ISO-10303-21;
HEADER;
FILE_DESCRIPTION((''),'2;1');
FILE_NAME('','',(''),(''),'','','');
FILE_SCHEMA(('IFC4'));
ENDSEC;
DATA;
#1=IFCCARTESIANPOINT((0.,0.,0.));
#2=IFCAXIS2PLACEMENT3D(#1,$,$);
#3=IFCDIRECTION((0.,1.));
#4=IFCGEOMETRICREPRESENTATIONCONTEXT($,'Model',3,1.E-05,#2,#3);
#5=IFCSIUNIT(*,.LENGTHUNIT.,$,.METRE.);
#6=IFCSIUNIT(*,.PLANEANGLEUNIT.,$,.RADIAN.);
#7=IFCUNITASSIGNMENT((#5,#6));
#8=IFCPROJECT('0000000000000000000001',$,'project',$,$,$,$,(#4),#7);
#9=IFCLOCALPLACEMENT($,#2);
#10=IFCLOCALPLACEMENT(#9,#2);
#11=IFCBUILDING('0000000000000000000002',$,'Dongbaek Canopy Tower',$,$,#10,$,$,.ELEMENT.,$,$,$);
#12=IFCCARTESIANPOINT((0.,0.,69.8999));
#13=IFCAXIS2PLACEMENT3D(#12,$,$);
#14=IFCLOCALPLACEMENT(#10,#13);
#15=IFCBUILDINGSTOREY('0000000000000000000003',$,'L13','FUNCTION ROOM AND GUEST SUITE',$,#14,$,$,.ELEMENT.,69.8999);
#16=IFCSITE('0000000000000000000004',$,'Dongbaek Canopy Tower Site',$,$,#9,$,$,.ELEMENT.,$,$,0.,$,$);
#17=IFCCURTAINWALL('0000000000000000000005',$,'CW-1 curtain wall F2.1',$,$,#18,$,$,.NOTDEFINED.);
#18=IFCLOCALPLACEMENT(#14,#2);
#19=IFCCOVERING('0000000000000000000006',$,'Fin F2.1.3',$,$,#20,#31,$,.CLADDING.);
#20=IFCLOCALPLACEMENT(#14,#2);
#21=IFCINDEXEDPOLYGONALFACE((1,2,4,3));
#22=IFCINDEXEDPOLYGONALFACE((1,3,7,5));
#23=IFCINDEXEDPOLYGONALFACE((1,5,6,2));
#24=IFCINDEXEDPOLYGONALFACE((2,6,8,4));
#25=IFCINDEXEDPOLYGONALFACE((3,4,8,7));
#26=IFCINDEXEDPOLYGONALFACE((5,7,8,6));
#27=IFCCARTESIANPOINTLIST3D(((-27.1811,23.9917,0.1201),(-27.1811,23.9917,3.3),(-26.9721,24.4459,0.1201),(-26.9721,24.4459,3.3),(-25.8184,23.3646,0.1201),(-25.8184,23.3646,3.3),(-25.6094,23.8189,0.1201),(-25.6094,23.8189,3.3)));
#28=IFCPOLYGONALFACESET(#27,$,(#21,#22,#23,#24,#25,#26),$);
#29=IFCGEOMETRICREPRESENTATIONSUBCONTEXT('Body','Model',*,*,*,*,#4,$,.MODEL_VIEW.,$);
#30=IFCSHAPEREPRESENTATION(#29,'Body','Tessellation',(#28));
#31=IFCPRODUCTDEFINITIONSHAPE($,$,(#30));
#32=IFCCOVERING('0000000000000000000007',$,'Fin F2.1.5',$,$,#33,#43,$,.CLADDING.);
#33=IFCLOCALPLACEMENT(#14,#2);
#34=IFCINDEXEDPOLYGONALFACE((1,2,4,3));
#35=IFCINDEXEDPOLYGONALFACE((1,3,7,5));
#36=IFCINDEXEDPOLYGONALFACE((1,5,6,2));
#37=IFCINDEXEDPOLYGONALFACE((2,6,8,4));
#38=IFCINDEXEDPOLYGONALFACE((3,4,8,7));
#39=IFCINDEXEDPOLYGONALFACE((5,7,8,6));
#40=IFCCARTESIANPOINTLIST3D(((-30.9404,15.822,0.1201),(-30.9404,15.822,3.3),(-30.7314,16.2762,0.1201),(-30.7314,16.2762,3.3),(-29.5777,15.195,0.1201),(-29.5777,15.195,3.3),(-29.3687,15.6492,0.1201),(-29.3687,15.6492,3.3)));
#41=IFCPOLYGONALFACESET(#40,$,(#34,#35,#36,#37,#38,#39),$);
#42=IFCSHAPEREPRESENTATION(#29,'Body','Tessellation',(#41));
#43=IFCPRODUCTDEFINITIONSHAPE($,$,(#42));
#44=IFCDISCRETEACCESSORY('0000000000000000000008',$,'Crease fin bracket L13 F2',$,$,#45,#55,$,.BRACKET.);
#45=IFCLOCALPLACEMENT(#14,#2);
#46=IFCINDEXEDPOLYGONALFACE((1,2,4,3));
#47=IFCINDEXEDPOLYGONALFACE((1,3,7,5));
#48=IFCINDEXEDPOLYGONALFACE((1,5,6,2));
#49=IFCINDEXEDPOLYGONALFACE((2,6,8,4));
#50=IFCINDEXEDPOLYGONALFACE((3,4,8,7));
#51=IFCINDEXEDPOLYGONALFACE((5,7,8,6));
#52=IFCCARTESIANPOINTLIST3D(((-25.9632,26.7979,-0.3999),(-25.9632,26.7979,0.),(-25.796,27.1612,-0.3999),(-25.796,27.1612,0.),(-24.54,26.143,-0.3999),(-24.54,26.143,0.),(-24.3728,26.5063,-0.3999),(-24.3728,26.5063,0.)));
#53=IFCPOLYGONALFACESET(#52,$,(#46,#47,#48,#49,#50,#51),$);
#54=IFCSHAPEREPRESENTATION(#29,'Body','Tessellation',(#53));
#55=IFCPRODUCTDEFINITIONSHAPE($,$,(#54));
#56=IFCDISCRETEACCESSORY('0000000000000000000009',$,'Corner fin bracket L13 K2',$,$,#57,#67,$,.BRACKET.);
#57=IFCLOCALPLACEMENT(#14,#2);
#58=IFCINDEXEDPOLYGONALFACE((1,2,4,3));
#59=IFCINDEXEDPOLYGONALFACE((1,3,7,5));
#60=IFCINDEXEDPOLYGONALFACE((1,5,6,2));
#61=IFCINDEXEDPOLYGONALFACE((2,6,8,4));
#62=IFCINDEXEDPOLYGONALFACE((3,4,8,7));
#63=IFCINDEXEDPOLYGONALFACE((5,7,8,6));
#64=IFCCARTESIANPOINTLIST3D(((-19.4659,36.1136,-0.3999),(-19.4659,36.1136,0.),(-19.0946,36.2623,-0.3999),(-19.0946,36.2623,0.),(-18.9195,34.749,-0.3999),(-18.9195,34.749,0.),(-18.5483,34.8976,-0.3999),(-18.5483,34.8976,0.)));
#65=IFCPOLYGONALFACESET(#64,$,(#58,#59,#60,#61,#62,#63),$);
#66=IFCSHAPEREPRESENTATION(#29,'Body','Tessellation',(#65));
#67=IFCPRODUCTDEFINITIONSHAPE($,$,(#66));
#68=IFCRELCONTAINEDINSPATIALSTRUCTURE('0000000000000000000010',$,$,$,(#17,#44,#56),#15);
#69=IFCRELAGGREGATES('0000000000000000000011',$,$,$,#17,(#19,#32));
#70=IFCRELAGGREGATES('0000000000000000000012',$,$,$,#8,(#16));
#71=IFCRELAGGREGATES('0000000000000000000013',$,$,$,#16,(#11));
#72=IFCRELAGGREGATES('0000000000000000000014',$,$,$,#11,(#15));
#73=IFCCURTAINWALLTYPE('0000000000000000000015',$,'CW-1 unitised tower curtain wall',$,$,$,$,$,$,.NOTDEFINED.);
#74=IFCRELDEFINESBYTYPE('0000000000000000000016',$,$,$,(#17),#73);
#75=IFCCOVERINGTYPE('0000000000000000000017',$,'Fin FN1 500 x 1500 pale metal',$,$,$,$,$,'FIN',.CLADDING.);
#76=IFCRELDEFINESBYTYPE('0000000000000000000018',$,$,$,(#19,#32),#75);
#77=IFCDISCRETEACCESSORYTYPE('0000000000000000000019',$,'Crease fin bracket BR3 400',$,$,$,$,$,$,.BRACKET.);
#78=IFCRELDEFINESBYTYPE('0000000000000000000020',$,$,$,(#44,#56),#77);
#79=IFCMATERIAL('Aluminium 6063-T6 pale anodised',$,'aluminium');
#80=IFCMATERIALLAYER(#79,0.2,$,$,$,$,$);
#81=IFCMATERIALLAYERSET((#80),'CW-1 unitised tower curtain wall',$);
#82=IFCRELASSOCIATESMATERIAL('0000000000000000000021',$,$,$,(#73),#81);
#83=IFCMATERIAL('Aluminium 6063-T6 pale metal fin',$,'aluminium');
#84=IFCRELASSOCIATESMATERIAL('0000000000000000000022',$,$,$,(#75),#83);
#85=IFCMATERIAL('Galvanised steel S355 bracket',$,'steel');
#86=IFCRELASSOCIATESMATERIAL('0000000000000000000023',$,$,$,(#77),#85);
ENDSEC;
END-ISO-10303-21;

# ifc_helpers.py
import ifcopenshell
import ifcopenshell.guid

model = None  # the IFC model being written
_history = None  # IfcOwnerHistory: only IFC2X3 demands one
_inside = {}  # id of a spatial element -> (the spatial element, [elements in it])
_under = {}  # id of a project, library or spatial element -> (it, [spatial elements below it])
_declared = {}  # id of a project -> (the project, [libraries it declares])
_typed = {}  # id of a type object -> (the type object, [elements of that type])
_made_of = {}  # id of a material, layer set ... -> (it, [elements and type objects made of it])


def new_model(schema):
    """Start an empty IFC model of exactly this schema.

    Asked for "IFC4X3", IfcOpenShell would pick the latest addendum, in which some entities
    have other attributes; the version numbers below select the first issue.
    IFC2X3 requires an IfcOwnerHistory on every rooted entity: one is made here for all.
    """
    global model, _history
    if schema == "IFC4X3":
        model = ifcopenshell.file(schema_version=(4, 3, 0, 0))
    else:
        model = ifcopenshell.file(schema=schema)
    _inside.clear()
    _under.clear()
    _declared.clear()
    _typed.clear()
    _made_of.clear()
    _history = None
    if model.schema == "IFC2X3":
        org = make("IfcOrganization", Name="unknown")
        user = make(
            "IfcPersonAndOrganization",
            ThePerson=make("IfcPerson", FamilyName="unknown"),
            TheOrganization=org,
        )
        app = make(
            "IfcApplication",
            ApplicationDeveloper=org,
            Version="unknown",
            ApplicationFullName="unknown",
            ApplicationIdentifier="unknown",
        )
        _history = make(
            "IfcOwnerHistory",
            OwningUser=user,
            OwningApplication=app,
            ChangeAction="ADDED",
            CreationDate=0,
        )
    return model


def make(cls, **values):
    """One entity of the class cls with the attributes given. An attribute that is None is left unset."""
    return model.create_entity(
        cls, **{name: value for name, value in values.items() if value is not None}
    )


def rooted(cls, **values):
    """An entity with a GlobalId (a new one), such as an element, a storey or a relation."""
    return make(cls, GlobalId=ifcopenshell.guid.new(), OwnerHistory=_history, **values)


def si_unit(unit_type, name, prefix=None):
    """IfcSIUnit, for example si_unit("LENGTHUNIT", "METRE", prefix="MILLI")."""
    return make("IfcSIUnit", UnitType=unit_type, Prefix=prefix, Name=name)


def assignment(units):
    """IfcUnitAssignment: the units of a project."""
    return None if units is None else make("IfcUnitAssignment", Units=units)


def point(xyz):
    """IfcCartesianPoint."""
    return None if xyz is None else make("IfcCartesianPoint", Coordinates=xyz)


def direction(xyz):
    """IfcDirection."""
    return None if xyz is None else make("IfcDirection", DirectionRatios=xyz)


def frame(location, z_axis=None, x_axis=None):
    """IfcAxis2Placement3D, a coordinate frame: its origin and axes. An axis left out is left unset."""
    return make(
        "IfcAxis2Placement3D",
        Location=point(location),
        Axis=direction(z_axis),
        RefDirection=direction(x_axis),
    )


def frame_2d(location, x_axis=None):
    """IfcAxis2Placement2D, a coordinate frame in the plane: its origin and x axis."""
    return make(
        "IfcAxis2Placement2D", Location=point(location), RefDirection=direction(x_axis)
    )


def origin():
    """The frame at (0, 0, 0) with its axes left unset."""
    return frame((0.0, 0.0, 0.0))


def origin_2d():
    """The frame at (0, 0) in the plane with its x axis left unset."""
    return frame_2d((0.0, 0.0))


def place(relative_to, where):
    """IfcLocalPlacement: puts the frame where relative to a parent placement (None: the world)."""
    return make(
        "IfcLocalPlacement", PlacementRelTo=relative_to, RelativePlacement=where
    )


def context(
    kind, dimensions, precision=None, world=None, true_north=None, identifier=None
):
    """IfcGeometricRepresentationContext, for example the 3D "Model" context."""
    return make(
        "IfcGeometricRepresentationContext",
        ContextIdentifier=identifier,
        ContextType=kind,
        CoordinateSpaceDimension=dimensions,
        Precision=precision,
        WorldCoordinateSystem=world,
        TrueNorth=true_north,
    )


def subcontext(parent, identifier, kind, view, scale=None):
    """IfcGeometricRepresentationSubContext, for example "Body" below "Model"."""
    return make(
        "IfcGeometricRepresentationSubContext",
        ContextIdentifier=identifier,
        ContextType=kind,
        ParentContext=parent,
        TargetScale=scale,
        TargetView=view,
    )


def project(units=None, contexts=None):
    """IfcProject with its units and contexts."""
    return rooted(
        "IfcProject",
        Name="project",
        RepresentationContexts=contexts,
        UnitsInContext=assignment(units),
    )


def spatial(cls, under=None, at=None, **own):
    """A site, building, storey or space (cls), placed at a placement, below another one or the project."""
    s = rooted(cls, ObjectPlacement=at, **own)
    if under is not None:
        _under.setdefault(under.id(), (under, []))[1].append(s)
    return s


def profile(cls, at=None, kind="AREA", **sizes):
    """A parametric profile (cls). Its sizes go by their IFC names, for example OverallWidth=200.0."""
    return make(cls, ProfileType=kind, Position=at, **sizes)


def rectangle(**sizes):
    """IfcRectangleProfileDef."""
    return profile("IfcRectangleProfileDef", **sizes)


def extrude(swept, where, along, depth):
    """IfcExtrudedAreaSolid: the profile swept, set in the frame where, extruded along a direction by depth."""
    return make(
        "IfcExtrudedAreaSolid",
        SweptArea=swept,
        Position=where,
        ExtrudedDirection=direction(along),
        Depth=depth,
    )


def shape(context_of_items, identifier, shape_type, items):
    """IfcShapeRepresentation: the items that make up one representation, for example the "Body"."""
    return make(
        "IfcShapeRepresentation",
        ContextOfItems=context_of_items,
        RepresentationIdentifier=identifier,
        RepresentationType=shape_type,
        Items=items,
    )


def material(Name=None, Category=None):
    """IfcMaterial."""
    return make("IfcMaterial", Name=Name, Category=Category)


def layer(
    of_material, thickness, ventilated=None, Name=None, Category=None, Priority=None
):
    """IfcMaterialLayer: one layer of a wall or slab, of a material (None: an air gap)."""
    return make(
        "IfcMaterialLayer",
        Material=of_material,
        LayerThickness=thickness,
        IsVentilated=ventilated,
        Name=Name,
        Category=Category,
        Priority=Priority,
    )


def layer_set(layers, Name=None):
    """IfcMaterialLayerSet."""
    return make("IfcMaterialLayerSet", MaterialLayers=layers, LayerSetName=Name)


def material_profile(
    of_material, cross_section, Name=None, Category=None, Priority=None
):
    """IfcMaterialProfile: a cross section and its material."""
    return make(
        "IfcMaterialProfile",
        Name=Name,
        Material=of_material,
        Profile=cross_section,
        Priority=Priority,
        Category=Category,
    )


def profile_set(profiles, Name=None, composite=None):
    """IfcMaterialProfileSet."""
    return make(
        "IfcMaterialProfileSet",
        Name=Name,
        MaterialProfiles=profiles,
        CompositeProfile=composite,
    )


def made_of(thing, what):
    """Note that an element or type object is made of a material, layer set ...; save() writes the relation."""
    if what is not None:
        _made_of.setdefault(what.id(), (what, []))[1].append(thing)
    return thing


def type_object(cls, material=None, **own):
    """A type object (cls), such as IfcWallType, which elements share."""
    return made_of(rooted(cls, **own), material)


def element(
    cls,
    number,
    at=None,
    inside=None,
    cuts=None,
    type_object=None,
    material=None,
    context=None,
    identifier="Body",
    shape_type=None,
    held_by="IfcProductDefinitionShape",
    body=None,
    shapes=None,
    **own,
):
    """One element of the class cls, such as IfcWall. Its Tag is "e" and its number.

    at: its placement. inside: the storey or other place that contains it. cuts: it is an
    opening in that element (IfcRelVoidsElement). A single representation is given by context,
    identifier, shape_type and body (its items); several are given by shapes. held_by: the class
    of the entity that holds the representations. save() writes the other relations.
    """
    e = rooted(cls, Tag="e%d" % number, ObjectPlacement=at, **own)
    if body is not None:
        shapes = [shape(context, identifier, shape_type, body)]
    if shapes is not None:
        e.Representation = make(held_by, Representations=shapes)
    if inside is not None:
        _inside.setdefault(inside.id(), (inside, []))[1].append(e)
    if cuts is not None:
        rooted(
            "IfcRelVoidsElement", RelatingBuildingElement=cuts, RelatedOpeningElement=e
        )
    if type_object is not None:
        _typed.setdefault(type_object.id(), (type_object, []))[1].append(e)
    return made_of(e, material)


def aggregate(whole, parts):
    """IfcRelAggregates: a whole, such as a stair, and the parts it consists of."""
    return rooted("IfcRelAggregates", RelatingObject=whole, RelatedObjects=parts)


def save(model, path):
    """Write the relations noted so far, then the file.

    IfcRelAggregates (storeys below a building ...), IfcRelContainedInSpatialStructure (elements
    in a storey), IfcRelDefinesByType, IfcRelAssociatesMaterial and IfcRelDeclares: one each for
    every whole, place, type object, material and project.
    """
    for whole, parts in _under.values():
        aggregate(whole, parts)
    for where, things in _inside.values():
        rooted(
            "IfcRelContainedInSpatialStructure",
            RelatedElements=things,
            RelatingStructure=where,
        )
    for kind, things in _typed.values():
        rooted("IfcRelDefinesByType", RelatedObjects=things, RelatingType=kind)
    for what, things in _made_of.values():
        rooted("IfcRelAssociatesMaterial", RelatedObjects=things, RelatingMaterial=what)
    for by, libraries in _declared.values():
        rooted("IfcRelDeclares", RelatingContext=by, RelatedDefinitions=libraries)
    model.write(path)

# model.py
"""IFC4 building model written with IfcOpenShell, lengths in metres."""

from ifc_helpers import new_model, si_unit, direction, frame, origin, origin_2d, place, context, subcontext, project, spatial, rectangle, extrude, material, layer, layer_set, material_profile, profile_set, type_object, element, aggregate, save


model = new_model("IFC4")

# Units and contexts
model_context = context("Model", 3, precision=1e-05, world=origin(), true_north=direction((0.0, 1.0)))
body_context = subcontext(model_context, "Body", "Model", "MODEL_VIEW")
ifc_project = project(units=[si_unit("LENGTHUNIT", "METRE"), si_unit("PLANEANGLEUNIT", "RADIAN")], contexts=[model_context])

# Site, building, storey
site_placement = place(None, origin())
site = spatial("IfcSite", under=ifc_project, at=site_placement, Name="Dongbaek Canopy Tower Site", CompositionType="ELEMENT", RefElevation=0.0)
building_placement = place(site_placement, origin())
building = spatial("IfcBuilding", under=site, at=building_placement, Name="Dongbaek Canopy Tower", CompositionType="ELEMENT")
storey_placement = place(building_placement, frame((0.0, 0.0, 69.8999)))
storey = spatial("IfcBuildingStorey", under=building, at=storey_placement, Name="L13", Description="FUNCTION ROOM AND GUEST SUITE", CompositionType="ELEMENT", Elevation=69.8999)

# Curtain wall
ifc_material_1 = material(Name="Aluminium 6063-T6 pale anodised", Category="aluminium")
ifc_layer_1 = layer(ifc_material_1, 0.2)
ifc_layer_set_1 = layer_set([ifc_layer_1], Name="CW-1 unitised tower curtain wall")
curtain_wall_type = type_object("IfcCurtainWallType", Name="CW-1 unitised tower curtain wall", PredefinedType="NOTDEFINED", material=ifc_layer_set_1)
curtain_wall_1_placement = place(storey_placement, origin())
curtain_wall_1 = element("IfcCurtainWall", 1, at=curtain_wall_1_placement, inside=storey, type_object=curtain_wall_type, Name="CW-1 curtain wall F2.1", PredefinedType="NOTDEFINED")

# Coverings
ifc_material_2 = material(Name="Aluminium 6063-T6 pale metal fin", Category="aluminium")
ifc_material_profile_1 = material_profile(ifc_material_2, rectangle(XDim=1.5, YDim=0.5, at=origin_2d()), Name="Fin FN1 500 x 1500 pale metal")
ifc_profile_set_1 = profile_set([ifc_material_profile_1], Name="Aluminium 6063-T6 pale metal fin")
covering_type_1 = type_object("IfcCoveringType", Name="Fin FN1 500 x 1500 pale metal", ElementType="FIN", PredefinedType="CLADDING", material=ifc_profile_set_1)
covering_1_placement = place(storey_placement, frame((-26.3953, 23.9053, 0.1201), z_axis=(0.0, 0.0, 1.0), x_axis=(-0.908436, 0.418025, 0.0)))
covering_1 = element("IfcCovering", 2, at=covering_1_placement, type_object=covering_type_1, Name="Fin F2.1.3", PredefinedType="CLADDING", context=body_context, shape_type="SweptSolid", body=[
    extrude(rectangle(XDim=1.5, YDim=0.5, at=origin_2d()), origin(), (0.0, 0.0, 1.0), 3.1799),
])
covering_2_placement = place(storey_placement, frame((-30.1545, 15.7356, 0.1201), z_axis=(0.0, 0.0, 1.0), x_axis=(-0.908436, 0.418025, 0.0)))
covering_2 = element("IfcCovering", 3, at=covering_2_placement, type_object=covering_type_1, Name="Fin F2.1.5", PredefinedType="CLADDING", context=body_context, shape_type="SweptSolid", body=[
    extrude(rectangle(XDim=1.5, YDim=0.5, at=origin_2d()), origin(), (0.0, 0.0, 1.0), 3.1799),
])
aggregate(curtain_wall_1, [covering_1, covering_2])

# Discrete accessories
ifc_material_3 = material(Name="Galvanised steel S355 bracket", Category="steel")
discrete_accessory_type = type_object("IfcDiscreteAccessoryType", Name="Crease fin bracket BR3 400", PredefinedType="BRACKET", material=ifc_material_3)
discrete_accessory_1_placement = place(storey_placement, frame((-25.168, 26.6521, -0.3999), z_axis=(0.0, 0.0, 1.0), x_axis=(-0.908436, 0.418024, 0.0)))
element("IfcDiscreteAccessory", 4, at=discrete_accessory_1_placement, inside=storey, type_object=discrete_accessory_type, Name="Crease fin bracket L13 F2", PredefinedType="BRACKET", context=body_context, shape_type="SweptSolid", body=[
    extrude(rectangle(XDim=1.5667, YDim=0.3999, at=origin_2d()), origin(), (0.0, 0.0, 1.0), 0.3999),
])
discrete_accessory_2_placement = place(storey_placement, frame((-19.0071, 35.5056, -0.3999), z_axis=(0.0, 0.0, 1.0), x_axis=(-0.371661, 0.928368, 0.0)))
element("IfcDiscreteAccessory", 5, at=discrete_accessory_2_placement, inside=storey, type_object=discrete_accessory_type, Name="Corner fin bracket L13 K2", PredefinedType="BRACKET", context=body_context, shape_type="SweptSolid", body=[
    extrude(rectangle(XDim=1.47, YDim=0.3999, at=origin_2d()), origin(), (0.0, 0.0, 1.0), 0.3999),
])

save(model, "model.ifc")
